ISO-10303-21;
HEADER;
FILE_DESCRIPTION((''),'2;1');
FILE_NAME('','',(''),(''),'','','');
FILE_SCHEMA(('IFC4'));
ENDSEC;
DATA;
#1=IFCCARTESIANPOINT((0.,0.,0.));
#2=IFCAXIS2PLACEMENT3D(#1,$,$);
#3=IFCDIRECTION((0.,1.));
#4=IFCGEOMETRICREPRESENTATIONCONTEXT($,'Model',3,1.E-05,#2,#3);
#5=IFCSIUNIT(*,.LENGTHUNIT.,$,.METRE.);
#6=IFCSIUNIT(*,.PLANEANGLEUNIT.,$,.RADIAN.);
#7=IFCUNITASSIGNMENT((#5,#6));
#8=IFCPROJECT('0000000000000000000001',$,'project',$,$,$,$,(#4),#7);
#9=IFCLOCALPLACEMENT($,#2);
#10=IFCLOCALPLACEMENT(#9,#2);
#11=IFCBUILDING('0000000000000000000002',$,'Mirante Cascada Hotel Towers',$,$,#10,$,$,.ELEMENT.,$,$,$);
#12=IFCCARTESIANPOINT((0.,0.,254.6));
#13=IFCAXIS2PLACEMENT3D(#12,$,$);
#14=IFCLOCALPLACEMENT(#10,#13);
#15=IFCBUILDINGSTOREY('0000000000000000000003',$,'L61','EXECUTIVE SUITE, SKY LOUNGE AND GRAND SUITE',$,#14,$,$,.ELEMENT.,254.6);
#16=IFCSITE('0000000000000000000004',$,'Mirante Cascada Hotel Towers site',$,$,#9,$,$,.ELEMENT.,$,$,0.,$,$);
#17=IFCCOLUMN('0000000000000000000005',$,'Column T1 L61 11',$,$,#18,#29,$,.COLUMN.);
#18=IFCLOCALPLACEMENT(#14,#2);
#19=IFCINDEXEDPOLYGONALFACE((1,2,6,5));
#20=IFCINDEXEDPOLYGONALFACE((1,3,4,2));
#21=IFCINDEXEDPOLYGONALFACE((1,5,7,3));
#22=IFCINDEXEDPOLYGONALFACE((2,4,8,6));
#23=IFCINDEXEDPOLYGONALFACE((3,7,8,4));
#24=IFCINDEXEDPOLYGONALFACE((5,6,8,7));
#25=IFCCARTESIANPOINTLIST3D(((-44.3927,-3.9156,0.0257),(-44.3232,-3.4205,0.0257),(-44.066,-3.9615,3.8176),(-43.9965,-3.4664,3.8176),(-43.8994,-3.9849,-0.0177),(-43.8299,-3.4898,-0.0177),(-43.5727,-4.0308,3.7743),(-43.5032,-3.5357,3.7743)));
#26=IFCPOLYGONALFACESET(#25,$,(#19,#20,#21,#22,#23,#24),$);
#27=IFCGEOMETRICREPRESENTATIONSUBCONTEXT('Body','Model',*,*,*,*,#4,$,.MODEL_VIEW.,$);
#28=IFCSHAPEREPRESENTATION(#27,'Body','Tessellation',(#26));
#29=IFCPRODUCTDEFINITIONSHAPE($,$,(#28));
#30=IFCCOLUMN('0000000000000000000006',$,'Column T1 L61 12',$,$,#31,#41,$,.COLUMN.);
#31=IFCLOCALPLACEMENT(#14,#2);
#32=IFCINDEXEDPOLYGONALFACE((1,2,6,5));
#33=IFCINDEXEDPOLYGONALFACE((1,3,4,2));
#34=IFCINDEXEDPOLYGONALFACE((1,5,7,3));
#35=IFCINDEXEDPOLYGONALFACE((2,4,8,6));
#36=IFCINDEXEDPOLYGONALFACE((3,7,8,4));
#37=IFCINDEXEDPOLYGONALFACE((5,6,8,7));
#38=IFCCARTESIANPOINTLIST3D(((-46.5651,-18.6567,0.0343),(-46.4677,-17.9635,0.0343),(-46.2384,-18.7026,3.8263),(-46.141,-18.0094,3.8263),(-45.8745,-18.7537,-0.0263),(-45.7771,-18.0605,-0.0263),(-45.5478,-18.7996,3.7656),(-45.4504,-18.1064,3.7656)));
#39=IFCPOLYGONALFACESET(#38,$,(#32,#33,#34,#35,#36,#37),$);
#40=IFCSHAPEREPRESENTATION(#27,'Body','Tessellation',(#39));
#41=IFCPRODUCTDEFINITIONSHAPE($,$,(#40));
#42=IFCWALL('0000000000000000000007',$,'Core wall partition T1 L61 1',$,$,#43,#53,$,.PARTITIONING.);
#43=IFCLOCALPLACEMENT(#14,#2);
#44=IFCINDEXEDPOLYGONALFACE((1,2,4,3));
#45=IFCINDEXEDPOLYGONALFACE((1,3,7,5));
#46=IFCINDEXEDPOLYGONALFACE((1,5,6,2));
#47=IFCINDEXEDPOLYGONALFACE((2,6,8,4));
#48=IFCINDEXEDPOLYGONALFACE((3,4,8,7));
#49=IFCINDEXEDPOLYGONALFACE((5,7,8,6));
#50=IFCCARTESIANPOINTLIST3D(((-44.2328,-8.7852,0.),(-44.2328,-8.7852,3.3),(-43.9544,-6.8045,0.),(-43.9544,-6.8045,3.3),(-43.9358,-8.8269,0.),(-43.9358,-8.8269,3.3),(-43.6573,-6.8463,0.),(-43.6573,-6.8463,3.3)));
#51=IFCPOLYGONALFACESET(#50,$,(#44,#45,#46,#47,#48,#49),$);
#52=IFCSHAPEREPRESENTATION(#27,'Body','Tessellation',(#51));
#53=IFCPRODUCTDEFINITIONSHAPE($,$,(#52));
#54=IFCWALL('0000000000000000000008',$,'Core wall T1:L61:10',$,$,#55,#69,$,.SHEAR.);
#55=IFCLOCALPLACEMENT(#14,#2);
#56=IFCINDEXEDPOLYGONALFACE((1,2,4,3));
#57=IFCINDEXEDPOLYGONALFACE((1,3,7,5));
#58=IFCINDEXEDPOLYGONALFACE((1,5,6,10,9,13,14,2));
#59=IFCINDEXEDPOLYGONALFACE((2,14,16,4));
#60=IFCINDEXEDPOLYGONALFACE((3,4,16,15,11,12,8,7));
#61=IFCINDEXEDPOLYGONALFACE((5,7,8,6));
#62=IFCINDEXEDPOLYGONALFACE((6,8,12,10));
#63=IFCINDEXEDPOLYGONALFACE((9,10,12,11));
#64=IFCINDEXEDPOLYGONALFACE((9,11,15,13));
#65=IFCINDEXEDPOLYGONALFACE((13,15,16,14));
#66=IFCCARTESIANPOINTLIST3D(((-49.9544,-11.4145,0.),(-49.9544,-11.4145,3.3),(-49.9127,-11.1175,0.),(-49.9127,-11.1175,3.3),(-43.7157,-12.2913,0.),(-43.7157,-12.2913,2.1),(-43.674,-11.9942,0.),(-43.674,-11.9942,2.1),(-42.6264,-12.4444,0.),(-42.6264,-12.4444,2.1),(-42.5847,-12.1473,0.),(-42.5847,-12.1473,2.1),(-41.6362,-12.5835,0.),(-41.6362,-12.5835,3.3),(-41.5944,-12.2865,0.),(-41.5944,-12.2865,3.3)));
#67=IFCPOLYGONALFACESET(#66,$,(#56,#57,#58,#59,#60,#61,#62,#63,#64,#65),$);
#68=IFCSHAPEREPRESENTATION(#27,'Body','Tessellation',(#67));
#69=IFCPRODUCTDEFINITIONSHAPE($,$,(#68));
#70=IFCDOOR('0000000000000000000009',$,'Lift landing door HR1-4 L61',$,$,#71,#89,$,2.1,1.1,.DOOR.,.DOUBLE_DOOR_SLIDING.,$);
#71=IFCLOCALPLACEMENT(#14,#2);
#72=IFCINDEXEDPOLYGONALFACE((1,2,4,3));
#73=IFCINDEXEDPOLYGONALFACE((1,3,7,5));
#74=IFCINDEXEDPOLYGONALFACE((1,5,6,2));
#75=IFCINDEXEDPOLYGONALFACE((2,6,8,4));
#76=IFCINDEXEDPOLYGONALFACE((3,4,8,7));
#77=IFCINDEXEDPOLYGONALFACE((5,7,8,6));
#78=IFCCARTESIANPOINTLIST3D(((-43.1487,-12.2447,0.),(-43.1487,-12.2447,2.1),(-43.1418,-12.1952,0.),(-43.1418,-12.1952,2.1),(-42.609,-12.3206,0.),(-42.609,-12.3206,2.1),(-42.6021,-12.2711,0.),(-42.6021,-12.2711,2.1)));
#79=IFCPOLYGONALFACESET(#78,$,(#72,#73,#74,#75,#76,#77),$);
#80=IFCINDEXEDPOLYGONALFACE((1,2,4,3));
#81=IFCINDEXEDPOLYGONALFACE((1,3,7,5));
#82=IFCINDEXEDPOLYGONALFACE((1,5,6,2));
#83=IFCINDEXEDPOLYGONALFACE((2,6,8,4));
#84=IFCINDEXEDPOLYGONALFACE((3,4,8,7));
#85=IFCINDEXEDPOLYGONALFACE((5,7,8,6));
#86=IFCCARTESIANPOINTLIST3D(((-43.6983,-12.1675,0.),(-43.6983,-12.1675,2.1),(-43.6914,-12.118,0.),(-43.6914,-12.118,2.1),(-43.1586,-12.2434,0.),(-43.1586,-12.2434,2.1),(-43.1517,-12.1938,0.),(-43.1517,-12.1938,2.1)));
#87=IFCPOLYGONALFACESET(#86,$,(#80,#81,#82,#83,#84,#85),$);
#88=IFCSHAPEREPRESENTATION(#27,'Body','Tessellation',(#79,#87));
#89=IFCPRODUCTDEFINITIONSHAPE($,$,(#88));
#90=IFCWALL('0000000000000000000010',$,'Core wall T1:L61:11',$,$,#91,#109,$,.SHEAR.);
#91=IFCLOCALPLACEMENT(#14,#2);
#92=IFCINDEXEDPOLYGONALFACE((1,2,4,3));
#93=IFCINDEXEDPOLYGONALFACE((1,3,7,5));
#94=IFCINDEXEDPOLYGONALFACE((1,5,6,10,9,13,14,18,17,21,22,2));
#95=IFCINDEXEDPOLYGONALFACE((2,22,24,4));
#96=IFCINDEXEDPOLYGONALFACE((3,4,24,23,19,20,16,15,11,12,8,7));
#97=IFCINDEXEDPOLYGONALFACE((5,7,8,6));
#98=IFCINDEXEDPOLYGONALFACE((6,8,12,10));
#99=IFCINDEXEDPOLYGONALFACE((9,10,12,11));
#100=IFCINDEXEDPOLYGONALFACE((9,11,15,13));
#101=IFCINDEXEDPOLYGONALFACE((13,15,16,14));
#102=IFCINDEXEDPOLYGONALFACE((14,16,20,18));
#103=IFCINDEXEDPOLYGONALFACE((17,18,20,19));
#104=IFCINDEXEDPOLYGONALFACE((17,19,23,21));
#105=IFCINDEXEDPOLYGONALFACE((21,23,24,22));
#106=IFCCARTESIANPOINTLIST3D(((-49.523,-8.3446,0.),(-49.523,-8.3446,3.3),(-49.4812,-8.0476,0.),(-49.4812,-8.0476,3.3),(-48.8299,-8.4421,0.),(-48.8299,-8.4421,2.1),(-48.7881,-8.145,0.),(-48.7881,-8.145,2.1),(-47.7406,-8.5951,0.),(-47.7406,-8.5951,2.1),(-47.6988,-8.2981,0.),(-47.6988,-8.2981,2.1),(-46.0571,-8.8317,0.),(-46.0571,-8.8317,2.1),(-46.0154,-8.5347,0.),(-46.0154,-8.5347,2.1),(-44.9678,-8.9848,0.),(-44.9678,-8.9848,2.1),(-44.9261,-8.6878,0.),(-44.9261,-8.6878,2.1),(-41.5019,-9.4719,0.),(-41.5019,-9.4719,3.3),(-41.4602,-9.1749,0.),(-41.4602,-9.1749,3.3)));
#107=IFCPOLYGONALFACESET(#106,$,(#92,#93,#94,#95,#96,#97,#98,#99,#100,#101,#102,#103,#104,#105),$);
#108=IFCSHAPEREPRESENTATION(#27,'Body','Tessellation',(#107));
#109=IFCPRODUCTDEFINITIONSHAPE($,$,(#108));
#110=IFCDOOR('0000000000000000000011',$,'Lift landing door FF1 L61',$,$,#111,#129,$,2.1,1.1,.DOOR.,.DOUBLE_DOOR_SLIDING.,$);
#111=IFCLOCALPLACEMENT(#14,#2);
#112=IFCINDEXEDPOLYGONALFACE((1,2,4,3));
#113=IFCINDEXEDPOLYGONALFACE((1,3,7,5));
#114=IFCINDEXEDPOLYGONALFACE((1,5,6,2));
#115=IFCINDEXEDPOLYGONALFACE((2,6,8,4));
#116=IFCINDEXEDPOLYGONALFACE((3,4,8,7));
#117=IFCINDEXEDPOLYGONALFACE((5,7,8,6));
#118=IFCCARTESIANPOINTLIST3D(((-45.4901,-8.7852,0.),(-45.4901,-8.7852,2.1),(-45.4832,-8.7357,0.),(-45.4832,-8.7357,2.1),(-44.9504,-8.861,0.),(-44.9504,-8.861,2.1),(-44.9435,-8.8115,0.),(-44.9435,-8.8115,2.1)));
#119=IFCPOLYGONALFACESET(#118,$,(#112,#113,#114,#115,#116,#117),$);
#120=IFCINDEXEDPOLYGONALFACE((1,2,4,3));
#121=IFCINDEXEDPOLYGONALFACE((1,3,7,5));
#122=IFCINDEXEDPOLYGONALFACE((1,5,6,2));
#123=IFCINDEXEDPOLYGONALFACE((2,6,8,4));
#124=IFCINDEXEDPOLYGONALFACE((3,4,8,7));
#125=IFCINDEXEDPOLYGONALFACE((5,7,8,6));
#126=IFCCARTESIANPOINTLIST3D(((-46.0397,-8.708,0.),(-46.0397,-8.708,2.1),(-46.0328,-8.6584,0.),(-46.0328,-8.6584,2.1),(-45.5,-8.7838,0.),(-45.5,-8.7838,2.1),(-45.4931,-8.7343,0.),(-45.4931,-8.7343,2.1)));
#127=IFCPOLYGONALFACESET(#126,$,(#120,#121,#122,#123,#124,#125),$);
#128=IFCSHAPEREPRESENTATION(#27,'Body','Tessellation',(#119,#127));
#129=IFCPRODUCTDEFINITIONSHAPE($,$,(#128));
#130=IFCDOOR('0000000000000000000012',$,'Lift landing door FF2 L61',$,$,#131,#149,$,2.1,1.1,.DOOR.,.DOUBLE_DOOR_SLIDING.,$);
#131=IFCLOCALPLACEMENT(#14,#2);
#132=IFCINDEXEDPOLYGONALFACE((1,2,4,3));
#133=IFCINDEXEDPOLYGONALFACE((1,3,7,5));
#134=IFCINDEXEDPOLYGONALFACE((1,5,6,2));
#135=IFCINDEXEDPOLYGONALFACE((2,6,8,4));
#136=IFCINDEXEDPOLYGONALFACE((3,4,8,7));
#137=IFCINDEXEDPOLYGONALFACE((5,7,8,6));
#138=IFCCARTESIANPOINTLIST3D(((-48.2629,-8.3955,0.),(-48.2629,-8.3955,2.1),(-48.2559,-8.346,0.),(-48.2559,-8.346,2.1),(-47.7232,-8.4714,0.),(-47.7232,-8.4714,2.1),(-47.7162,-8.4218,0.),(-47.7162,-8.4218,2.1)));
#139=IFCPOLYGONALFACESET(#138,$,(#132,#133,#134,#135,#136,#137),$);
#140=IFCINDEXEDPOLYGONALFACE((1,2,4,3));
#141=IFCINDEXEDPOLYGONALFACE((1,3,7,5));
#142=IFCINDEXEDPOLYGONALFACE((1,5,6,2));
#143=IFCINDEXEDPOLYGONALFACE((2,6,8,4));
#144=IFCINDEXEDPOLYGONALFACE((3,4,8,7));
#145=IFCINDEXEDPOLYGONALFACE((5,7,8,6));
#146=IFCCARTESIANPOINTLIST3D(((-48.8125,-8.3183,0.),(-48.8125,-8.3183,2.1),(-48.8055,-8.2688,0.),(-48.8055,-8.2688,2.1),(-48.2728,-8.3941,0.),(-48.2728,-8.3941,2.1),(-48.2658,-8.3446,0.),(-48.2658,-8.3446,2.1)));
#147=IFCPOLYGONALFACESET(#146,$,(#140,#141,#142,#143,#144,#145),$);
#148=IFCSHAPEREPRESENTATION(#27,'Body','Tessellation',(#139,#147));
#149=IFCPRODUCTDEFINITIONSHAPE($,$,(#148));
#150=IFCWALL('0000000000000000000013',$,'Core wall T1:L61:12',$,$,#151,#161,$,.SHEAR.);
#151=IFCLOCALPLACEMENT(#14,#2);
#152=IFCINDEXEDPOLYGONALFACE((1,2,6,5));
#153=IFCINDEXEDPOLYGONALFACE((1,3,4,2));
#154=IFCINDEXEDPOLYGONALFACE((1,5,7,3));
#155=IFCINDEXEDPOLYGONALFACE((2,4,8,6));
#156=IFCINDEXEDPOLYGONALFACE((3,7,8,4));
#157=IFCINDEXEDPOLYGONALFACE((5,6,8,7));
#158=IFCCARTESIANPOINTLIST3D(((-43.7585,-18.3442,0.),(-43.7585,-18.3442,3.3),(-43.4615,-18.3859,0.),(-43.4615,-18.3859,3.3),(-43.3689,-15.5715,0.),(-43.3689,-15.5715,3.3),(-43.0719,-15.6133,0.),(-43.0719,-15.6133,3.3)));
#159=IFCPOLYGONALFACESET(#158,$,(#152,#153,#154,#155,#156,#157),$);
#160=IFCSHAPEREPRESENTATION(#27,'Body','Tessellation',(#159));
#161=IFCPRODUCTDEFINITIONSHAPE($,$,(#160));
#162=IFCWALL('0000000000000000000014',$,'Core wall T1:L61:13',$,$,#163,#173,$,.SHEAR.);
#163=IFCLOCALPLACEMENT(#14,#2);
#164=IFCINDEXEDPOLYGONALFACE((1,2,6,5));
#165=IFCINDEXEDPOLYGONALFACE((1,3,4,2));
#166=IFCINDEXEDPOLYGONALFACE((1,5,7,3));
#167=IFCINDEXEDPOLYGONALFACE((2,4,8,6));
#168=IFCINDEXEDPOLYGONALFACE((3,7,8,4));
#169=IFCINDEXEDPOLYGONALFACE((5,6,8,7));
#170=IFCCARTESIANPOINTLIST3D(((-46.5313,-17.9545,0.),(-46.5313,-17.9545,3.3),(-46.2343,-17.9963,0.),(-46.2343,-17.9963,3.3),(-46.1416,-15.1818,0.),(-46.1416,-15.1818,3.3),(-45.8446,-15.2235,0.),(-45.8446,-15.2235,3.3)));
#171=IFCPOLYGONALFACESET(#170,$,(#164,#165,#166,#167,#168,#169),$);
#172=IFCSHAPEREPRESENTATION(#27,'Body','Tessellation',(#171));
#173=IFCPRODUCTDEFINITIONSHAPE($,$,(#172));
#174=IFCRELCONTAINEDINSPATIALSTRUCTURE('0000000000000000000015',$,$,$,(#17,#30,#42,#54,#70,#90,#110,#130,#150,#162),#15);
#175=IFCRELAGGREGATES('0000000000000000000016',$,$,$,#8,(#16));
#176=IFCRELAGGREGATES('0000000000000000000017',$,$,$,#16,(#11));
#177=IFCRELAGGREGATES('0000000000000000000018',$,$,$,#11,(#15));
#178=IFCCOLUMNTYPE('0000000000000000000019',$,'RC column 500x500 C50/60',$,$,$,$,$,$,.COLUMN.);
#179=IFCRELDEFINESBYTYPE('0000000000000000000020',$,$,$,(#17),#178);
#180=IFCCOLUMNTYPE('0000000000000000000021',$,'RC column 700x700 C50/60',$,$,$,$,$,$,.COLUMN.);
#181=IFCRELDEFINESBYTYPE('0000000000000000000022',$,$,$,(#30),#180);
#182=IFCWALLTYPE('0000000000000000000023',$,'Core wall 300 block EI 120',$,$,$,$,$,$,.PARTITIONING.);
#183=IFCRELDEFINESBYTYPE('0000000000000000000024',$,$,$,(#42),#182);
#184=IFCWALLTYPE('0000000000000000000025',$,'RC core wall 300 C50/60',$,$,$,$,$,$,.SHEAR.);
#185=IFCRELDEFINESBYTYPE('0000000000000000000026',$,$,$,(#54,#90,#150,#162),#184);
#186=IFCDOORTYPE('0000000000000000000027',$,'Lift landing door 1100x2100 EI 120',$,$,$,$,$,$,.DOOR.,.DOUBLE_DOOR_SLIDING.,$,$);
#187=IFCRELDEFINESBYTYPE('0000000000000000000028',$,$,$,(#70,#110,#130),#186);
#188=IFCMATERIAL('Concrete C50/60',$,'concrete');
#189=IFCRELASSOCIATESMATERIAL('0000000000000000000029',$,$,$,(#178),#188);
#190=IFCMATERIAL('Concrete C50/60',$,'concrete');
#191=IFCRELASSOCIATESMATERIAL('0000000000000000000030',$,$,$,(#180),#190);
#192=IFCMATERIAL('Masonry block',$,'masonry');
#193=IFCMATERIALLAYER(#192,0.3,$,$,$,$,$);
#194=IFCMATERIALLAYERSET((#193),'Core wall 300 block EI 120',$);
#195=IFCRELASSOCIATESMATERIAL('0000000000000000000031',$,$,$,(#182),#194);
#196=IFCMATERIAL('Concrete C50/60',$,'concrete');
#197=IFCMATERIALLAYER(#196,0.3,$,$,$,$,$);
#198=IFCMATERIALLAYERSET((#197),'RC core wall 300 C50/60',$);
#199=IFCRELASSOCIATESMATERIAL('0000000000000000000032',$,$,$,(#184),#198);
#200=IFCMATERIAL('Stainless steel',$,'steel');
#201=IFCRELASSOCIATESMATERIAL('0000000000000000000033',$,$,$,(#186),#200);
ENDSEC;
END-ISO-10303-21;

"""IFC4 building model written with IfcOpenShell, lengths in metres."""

from ifc_helpers import new_model, si_unit, direction, frame, frame_2d, origin, origin_2d, place, context, subcontext, project, spatial, rectangle, extrude, material, layer, layer_set, material_profile, profile_set, type_object, element, fill, save


model = new_model("IFC4")

# Units and contexts
model_context = context("Model", 3, precision=1e-05, world=origin(), true_north=direction((0.0, 1.0)))
body_context = subcontext(model_context, "Body", "Model", "MODEL_VIEW")
ifc_project = project(units=[si_unit("LENGTHUNIT", "METRE"), si_unit("PLANEANGLEUNIT", "RADIAN")], contexts=[model_context])

# Site, building, storey
site_placement = place(None, origin())
site = spatial("IfcSite", under=ifc_project, at=site_placement, Name="Mirante Cascada Hotel Towers site", CompositionType="ELEMENT", RefElevation=0.0)
building_placement = place(site_placement, origin())
building = spatial("IfcBuilding", under=site, at=building_placement, Name="Mirante Cascada Hotel Towers", CompositionType="ELEMENT")
storey_placement = place(building_placement, frame((0.0, 0.0, 254.6)))
storey = spatial("IfcBuildingStorey", under=building, at=storey_placement, Name="L61", Description="EXECUTIVE SUITE, SKY LOUNGE AND GRAND SUITE", CompositionType="ELEMENT", Elevation=254.6)

# Columns
ifc_material_1 = material(Name="Concrete C50/60", Category="concrete")
ifc_material_profile_1 = material_profile(ifc_material_1, rectangle(XDim=0.5, YDim=0.5, at=origin_2d()), Name="RC column 500x500 C50/60")
ifc_profile_set_1 = profile_set([ifc_material_profile_1], Name="Concrete C50/60")
column_type_1 = type_object("IfcColumnType", Name="RC column 500x500 C50/60", PredefinedType="COLUMN", material=ifc_profile_set_1)
column_1_placement = place(storey_placement, frame((-44.1113, -3.7027, 0.004), z_axis=(0.085831, -0.012059, 0.996237), x_axis=(0.139129, 0.990274, 0.0)))
element("IfcColumn", 1, at=column_1_placement, inside=storey, type_object=column_type_1, Name="Column T1 L61 11", PredefinedType="COLUMN", context=body_context, shape_type="SweptSolid", body=[
    extrude(rectangle(XDim=0.5, YDim=0.5, at=origin_2d()), origin(), (0.0, 0.0, 1.0), 3.8063),
])
ifc_material_2 = material(Name="Concrete C50/60", Category="concrete")
ifc_material_profile_2 = material_profile(ifc_material_2, rectangle(XDim=0.7, YDim=0.7, at=origin_2d()), Name="RC column 700x700 C50/60")
ifc_profile_set_2 = profile_set([ifc_material_profile_2], Name="Concrete C50/60")
column_type_2 = type_object("IfcColumnType", Name="RC column 700x700 C50/60", PredefinedType="COLUMN", material=ifc_profile_set_2)
column_2_placement = place(storey_placement, frame((-46.1711, -18.3586, 0.004), z_axis=(0.085831, -0.012059, 0.996237), x_axis=(0.139129, 0.990274, 0.0)))
element("IfcColumn", 2, at=column_2_placement, inside=storey, type_object=column_type_2, Name="Column T1 L61 12", PredefinedType="COLUMN", context=body_context, shape_type="SweptSolid", body=[
    extrude(rectangle(XDim=0.7, YDim=0.7, at=origin_2d()), origin(), (0.0, 0.0, 1.0), 3.8063),
])

# Wall
ifc_material_3 = material(Name="Masonry block", Category="masonry")
ifc_layer_1 = layer(ifc_material_3, 0.3)
ifc_layer_set_1 = layer_set([ifc_layer_1], Name="Core wall 300 block EI 120")
wall_type_1 = type_object("IfcWallType", Name="Core wall 300 block EI 120", PredefinedType="PARTITIONING", material=ifc_layer_set_1)
wall_1_placement = place(storey_placement, frame((-44.0843, -8.8061, 0.0), z_axis=(0.0, 0.0, 1.0), x_axis=(0.139195, 0.990265, 0.0)))
element("IfcWall", 3, at=wall_1_placement, inside=storey, type_object=wall_type_1, Name="Core wall partition T1 L61 1", PredefinedType="PARTITIONING", context=body_context, shape_type="SweptSolid", body=[
    extrude(rectangle(XDim=2.0001, YDim=0.3, at=frame_2d((1.0001, 0.0))), origin(), (0.0, 0.0, 1.0), 3.3),
])

# Wall, opening, door
ifc_material_4 = material(Name="Concrete C50/60", Category="concrete")
ifc_layer_2 = layer(ifc_material_4, 0.3)
ifc_layer_set_2 = layer_set([ifc_layer_2], Name="RC core wall 300 C50/60")
wall_type_2 = type_object("IfcWallType", Name="RC core wall 300 C50/60", PredefinedType="SHEAR", material=ifc_layer_set_2)
wall_2_placement = place(storey_placement, frame((-41.6153, -12.435, 0.0), z_axis=(0.0, 0.0, 1.0), x_axis=(-0.990269, 0.139166, 0.0)))
wall_2 = element("IfcWall", 4, at=wall_2_placement, inside=storey, type_object=wall_type_2, Name="Core wall T1:L61:10", PredefinedType="SHEAR", context=body_context, shape_type="SweptSolid", body=[
    extrude(rectangle(XDim=8.4, YDim=0.3, at=frame_2d((4.2, 0.0))), origin(), (0.0, 0.0, 1.0), 3.3),
])
opening_1_placement = place(wall_2_placement, frame((1.0, 0.0, 0.0)))
opening_1 = element("IfcOpeningElement", 5, at=opening_1_placement, cuts=wall_2, PredefinedType="OPENING", context=body_context, shape_type="SweptSolid", body=[
    extrude(rectangle(XDim=1.1, YDim=2.1, at=frame_2d((0.55, 1.05))), frame((0.0, 0.15, 0.0), z_axis=(0.0, -1.0, 0.0), x_axis=(1.0, 0.0, 0.0)), (0.0, 0.0, 1.0), 0.3),
])
ifc_material_5 = material(Name="Stainless steel", Category="steel")
door_type = type_object("IfcDoorType", Name="Lift landing door 1100x2100 EI 120", OperationType="DOUBLE_DOOR_SLIDING", PredefinedType="DOOR", material=ifc_material_5)
door_1_placement = place(opening_1_placement, origin())
door_1 = element("IfcDoor", 6, at=door_1_placement, inside=storey, type_object=door_type, Name="Lift landing door HR1-4 L61", OperationType="DOUBLE_DOOR_SLIDING", OverallHeight=2.1, OverallWidth=1.1, PredefinedType="DOOR", context=body_context, shape_type="SweptSolid", body=[
    extrude(rectangle(XDim=0.545, YDim=2.1, at=frame_2d((0.2725, 1.05))), frame((0.0, 0.025, 0.0), z_axis=(0.0, -1.0, 0.0), x_axis=(1.0, 0.0, 0.0)), (0.0, 0.0, 1.0), 0.05),
    extrude(rectangle(XDim=0.545, YDim=2.1, at=frame_2d((0.8275, 1.05))), frame((0.0, 0.025, 0.0), z_axis=(0.0, -1.0, 0.0), x_axis=(1.0, 0.0, 0.0)), (0.0, 0.0, 1.0), 0.05),
])
fill(opening_1, door_1)

# Wall, openings, doors
wall_3_placement = place(storey_placement, frame((-41.481, -9.3234, 0.0), z_axis=(0.0, 0.0, 1.0), x_axis=(-0.990268, 0.139174, 0.0)))
wall_3 = element("IfcWall", 7, at=wall_3_placement, inside=storey, type_object=wall_type_2, Name="Core wall T1:L61:11", PredefinedType="SHEAR", context=body_context, shape_type="SweptSolid", body=[
    extrude(rectangle(XDim=8.0999, YDim=0.3, at=frame_2d((4.05, 0.0))), origin(), (0.0, 0.0, 1.0), 3.3),
])
opening_2_placement = place(wall_3_placement, frame((3.5, 0.0, 0.0)))
opening_2 = element("IfcOpeningElement", 8, at=opening_2_placement, cuts=wall_3, PredefinedType="OPENING", context=body_context, shape_type="SweptSolid", body=[
    extrude(rectangle(XDim=1.1, YDim=2.1, at=frame_2d((0.55, 1.05))), frame((0.0, 0.15, 0.0), z_axis=(0.0, -1.0, 0.0), x_axis=(1.0, 0.0, 0.0)), (0.0, 0.0, 1.0), 0.3),
])
opening_3_placement = place(wall_3_placement, frame((6.3, 0.0, 0.0)))
opening_3 = element("IfcOpeningElement", 9, at=opening_3_placement, cuts=wall_3, PredefinedType="OPENING", context=body_context, shape_type="SweptSolid", body=[
    extrude(rectangle(XDim=1.1, YDim=2.1, at=frame_2d((0.55, 1.05))), frame((0.0, 0.15, 0.0), z_axis=(0.0, -1.0, 0.0), x_axis=(1.0, 0.0, 0.0)), (0.0, 0.0, 1.0), 0.3),
])
door_2_placement = place(opening_2_placement, origin())
door_2 = element("IfcDoor", 10, at=door_2_placement, inside=storey, type_object=door_type, Name="Lift landing door FF1 L61", OperationType="DOUBLE_DOOR_SLIDING", OverallHeight=2.1, OverallWidth=1.1, PredefinedType="DOOR", context=body_context, shape_type="SweptSolid", body=[
    extrude(rectangle(XDim=0.545, YDim=2.1, at=frame_2d((0.2725, 1.05))), frame((0.0, 0.025, 0.0), z_axis=(0.0, -1.0, 0.0), x_axis=(1.0, 0.0, 0.0)), (0.0, 0.0, 1.0), 0.05),
    extrude(rectangle(XDim=0.545, YDim=2.1, at=frame_2d((0.8275, 1.05))), frame((0.0, 0.025, 0.0), z_axis=(0.0, -1.0, 0.0), x_axis=(1.0, 0.0, 0.0)), (0.0, 0.0, 1.0), 0.05),
])
fill(opening_2, door_2)
door_3_placement = place(opening_3_placement, origin())
door_3 = element("IfcDoor", 11, at=door_3_placement, inside=storey, type_object=door_type, Name="Lift landing door FF2 L61", OperationType="DOUBLE_DOOR_SLIDING", OverallHeight=2.1, OverallWidth=1.1, PredefinedType="DOOR", context=body_context, shape_type="SweptSolid", body=[
    extrude(rectangle(XDim=0.545, YDim=2.1, at=frame_2d((0.2725, 1.05))), frame((0.0, 0.025, 0.0), z_axis=(0.0, -1.0, 0.0), x_axis=(1.0, 0.0, 0.0)), (0.0, 0.0, 1.0), 0.05),
    extrude(rectangle(XDim=0.545, YDim=2.1, at=frame_2d((0.8275, 1.05))), frame((0.0, 0.025, 0.0), z_axis=(0.0, -1.0, 0.0), x_axis=(1.0, 0.0, 0.0)), (0.0, 0.0, 1.0), 0.05),
])
fill(opening_3, door_3)

# Walls
wall_4_placement = place(storey_placement, frame((-43.61, -18.3651, 0.0), z_axis=(0.0, 0.0, 1.0), x_axis=(0.139146, 0.990272, 0.0)))
element("IfcWall", 12, at=wall_4_placement, inside=storey, type_object=wall_type_2, Name="Core wall T1:L61:12", PredefinedType="SHEAR", context=body_context, shape_type="SweptSolid", body=[
    extrude(rectangle(XDim=2.7999, YDim=0.3, at=frame_2d((1.4, 0.0))), origin(), (0.0, 0.0, 1.0), 3.3),
])
for number, where, z_axis, x_axis, name in (
    (13, (-46.3828, -17.9754, 0.0), (0.0, 0.0, 1.0), (0.139181, 0.990267, 0.0), "Core wall T1:L61:13"),
):
    element("IfcWall", number, at=place(storey_placement, frame(where, z_axis=z_axis, x_axis=x_axis)), inside=storey, type_object=wall_type_2, Name=name, PredefinedType="SHEAR", context=body_context, shape_type="SweptSolid", body=[
        extrude(rectangle(XDim=2.8, YDim=0.3, at=frame_2d((1.4, 0.0))), origin(), (0.0, 0.0, 1.0), 3.3),
    ])

save(model, "model.ifc")
